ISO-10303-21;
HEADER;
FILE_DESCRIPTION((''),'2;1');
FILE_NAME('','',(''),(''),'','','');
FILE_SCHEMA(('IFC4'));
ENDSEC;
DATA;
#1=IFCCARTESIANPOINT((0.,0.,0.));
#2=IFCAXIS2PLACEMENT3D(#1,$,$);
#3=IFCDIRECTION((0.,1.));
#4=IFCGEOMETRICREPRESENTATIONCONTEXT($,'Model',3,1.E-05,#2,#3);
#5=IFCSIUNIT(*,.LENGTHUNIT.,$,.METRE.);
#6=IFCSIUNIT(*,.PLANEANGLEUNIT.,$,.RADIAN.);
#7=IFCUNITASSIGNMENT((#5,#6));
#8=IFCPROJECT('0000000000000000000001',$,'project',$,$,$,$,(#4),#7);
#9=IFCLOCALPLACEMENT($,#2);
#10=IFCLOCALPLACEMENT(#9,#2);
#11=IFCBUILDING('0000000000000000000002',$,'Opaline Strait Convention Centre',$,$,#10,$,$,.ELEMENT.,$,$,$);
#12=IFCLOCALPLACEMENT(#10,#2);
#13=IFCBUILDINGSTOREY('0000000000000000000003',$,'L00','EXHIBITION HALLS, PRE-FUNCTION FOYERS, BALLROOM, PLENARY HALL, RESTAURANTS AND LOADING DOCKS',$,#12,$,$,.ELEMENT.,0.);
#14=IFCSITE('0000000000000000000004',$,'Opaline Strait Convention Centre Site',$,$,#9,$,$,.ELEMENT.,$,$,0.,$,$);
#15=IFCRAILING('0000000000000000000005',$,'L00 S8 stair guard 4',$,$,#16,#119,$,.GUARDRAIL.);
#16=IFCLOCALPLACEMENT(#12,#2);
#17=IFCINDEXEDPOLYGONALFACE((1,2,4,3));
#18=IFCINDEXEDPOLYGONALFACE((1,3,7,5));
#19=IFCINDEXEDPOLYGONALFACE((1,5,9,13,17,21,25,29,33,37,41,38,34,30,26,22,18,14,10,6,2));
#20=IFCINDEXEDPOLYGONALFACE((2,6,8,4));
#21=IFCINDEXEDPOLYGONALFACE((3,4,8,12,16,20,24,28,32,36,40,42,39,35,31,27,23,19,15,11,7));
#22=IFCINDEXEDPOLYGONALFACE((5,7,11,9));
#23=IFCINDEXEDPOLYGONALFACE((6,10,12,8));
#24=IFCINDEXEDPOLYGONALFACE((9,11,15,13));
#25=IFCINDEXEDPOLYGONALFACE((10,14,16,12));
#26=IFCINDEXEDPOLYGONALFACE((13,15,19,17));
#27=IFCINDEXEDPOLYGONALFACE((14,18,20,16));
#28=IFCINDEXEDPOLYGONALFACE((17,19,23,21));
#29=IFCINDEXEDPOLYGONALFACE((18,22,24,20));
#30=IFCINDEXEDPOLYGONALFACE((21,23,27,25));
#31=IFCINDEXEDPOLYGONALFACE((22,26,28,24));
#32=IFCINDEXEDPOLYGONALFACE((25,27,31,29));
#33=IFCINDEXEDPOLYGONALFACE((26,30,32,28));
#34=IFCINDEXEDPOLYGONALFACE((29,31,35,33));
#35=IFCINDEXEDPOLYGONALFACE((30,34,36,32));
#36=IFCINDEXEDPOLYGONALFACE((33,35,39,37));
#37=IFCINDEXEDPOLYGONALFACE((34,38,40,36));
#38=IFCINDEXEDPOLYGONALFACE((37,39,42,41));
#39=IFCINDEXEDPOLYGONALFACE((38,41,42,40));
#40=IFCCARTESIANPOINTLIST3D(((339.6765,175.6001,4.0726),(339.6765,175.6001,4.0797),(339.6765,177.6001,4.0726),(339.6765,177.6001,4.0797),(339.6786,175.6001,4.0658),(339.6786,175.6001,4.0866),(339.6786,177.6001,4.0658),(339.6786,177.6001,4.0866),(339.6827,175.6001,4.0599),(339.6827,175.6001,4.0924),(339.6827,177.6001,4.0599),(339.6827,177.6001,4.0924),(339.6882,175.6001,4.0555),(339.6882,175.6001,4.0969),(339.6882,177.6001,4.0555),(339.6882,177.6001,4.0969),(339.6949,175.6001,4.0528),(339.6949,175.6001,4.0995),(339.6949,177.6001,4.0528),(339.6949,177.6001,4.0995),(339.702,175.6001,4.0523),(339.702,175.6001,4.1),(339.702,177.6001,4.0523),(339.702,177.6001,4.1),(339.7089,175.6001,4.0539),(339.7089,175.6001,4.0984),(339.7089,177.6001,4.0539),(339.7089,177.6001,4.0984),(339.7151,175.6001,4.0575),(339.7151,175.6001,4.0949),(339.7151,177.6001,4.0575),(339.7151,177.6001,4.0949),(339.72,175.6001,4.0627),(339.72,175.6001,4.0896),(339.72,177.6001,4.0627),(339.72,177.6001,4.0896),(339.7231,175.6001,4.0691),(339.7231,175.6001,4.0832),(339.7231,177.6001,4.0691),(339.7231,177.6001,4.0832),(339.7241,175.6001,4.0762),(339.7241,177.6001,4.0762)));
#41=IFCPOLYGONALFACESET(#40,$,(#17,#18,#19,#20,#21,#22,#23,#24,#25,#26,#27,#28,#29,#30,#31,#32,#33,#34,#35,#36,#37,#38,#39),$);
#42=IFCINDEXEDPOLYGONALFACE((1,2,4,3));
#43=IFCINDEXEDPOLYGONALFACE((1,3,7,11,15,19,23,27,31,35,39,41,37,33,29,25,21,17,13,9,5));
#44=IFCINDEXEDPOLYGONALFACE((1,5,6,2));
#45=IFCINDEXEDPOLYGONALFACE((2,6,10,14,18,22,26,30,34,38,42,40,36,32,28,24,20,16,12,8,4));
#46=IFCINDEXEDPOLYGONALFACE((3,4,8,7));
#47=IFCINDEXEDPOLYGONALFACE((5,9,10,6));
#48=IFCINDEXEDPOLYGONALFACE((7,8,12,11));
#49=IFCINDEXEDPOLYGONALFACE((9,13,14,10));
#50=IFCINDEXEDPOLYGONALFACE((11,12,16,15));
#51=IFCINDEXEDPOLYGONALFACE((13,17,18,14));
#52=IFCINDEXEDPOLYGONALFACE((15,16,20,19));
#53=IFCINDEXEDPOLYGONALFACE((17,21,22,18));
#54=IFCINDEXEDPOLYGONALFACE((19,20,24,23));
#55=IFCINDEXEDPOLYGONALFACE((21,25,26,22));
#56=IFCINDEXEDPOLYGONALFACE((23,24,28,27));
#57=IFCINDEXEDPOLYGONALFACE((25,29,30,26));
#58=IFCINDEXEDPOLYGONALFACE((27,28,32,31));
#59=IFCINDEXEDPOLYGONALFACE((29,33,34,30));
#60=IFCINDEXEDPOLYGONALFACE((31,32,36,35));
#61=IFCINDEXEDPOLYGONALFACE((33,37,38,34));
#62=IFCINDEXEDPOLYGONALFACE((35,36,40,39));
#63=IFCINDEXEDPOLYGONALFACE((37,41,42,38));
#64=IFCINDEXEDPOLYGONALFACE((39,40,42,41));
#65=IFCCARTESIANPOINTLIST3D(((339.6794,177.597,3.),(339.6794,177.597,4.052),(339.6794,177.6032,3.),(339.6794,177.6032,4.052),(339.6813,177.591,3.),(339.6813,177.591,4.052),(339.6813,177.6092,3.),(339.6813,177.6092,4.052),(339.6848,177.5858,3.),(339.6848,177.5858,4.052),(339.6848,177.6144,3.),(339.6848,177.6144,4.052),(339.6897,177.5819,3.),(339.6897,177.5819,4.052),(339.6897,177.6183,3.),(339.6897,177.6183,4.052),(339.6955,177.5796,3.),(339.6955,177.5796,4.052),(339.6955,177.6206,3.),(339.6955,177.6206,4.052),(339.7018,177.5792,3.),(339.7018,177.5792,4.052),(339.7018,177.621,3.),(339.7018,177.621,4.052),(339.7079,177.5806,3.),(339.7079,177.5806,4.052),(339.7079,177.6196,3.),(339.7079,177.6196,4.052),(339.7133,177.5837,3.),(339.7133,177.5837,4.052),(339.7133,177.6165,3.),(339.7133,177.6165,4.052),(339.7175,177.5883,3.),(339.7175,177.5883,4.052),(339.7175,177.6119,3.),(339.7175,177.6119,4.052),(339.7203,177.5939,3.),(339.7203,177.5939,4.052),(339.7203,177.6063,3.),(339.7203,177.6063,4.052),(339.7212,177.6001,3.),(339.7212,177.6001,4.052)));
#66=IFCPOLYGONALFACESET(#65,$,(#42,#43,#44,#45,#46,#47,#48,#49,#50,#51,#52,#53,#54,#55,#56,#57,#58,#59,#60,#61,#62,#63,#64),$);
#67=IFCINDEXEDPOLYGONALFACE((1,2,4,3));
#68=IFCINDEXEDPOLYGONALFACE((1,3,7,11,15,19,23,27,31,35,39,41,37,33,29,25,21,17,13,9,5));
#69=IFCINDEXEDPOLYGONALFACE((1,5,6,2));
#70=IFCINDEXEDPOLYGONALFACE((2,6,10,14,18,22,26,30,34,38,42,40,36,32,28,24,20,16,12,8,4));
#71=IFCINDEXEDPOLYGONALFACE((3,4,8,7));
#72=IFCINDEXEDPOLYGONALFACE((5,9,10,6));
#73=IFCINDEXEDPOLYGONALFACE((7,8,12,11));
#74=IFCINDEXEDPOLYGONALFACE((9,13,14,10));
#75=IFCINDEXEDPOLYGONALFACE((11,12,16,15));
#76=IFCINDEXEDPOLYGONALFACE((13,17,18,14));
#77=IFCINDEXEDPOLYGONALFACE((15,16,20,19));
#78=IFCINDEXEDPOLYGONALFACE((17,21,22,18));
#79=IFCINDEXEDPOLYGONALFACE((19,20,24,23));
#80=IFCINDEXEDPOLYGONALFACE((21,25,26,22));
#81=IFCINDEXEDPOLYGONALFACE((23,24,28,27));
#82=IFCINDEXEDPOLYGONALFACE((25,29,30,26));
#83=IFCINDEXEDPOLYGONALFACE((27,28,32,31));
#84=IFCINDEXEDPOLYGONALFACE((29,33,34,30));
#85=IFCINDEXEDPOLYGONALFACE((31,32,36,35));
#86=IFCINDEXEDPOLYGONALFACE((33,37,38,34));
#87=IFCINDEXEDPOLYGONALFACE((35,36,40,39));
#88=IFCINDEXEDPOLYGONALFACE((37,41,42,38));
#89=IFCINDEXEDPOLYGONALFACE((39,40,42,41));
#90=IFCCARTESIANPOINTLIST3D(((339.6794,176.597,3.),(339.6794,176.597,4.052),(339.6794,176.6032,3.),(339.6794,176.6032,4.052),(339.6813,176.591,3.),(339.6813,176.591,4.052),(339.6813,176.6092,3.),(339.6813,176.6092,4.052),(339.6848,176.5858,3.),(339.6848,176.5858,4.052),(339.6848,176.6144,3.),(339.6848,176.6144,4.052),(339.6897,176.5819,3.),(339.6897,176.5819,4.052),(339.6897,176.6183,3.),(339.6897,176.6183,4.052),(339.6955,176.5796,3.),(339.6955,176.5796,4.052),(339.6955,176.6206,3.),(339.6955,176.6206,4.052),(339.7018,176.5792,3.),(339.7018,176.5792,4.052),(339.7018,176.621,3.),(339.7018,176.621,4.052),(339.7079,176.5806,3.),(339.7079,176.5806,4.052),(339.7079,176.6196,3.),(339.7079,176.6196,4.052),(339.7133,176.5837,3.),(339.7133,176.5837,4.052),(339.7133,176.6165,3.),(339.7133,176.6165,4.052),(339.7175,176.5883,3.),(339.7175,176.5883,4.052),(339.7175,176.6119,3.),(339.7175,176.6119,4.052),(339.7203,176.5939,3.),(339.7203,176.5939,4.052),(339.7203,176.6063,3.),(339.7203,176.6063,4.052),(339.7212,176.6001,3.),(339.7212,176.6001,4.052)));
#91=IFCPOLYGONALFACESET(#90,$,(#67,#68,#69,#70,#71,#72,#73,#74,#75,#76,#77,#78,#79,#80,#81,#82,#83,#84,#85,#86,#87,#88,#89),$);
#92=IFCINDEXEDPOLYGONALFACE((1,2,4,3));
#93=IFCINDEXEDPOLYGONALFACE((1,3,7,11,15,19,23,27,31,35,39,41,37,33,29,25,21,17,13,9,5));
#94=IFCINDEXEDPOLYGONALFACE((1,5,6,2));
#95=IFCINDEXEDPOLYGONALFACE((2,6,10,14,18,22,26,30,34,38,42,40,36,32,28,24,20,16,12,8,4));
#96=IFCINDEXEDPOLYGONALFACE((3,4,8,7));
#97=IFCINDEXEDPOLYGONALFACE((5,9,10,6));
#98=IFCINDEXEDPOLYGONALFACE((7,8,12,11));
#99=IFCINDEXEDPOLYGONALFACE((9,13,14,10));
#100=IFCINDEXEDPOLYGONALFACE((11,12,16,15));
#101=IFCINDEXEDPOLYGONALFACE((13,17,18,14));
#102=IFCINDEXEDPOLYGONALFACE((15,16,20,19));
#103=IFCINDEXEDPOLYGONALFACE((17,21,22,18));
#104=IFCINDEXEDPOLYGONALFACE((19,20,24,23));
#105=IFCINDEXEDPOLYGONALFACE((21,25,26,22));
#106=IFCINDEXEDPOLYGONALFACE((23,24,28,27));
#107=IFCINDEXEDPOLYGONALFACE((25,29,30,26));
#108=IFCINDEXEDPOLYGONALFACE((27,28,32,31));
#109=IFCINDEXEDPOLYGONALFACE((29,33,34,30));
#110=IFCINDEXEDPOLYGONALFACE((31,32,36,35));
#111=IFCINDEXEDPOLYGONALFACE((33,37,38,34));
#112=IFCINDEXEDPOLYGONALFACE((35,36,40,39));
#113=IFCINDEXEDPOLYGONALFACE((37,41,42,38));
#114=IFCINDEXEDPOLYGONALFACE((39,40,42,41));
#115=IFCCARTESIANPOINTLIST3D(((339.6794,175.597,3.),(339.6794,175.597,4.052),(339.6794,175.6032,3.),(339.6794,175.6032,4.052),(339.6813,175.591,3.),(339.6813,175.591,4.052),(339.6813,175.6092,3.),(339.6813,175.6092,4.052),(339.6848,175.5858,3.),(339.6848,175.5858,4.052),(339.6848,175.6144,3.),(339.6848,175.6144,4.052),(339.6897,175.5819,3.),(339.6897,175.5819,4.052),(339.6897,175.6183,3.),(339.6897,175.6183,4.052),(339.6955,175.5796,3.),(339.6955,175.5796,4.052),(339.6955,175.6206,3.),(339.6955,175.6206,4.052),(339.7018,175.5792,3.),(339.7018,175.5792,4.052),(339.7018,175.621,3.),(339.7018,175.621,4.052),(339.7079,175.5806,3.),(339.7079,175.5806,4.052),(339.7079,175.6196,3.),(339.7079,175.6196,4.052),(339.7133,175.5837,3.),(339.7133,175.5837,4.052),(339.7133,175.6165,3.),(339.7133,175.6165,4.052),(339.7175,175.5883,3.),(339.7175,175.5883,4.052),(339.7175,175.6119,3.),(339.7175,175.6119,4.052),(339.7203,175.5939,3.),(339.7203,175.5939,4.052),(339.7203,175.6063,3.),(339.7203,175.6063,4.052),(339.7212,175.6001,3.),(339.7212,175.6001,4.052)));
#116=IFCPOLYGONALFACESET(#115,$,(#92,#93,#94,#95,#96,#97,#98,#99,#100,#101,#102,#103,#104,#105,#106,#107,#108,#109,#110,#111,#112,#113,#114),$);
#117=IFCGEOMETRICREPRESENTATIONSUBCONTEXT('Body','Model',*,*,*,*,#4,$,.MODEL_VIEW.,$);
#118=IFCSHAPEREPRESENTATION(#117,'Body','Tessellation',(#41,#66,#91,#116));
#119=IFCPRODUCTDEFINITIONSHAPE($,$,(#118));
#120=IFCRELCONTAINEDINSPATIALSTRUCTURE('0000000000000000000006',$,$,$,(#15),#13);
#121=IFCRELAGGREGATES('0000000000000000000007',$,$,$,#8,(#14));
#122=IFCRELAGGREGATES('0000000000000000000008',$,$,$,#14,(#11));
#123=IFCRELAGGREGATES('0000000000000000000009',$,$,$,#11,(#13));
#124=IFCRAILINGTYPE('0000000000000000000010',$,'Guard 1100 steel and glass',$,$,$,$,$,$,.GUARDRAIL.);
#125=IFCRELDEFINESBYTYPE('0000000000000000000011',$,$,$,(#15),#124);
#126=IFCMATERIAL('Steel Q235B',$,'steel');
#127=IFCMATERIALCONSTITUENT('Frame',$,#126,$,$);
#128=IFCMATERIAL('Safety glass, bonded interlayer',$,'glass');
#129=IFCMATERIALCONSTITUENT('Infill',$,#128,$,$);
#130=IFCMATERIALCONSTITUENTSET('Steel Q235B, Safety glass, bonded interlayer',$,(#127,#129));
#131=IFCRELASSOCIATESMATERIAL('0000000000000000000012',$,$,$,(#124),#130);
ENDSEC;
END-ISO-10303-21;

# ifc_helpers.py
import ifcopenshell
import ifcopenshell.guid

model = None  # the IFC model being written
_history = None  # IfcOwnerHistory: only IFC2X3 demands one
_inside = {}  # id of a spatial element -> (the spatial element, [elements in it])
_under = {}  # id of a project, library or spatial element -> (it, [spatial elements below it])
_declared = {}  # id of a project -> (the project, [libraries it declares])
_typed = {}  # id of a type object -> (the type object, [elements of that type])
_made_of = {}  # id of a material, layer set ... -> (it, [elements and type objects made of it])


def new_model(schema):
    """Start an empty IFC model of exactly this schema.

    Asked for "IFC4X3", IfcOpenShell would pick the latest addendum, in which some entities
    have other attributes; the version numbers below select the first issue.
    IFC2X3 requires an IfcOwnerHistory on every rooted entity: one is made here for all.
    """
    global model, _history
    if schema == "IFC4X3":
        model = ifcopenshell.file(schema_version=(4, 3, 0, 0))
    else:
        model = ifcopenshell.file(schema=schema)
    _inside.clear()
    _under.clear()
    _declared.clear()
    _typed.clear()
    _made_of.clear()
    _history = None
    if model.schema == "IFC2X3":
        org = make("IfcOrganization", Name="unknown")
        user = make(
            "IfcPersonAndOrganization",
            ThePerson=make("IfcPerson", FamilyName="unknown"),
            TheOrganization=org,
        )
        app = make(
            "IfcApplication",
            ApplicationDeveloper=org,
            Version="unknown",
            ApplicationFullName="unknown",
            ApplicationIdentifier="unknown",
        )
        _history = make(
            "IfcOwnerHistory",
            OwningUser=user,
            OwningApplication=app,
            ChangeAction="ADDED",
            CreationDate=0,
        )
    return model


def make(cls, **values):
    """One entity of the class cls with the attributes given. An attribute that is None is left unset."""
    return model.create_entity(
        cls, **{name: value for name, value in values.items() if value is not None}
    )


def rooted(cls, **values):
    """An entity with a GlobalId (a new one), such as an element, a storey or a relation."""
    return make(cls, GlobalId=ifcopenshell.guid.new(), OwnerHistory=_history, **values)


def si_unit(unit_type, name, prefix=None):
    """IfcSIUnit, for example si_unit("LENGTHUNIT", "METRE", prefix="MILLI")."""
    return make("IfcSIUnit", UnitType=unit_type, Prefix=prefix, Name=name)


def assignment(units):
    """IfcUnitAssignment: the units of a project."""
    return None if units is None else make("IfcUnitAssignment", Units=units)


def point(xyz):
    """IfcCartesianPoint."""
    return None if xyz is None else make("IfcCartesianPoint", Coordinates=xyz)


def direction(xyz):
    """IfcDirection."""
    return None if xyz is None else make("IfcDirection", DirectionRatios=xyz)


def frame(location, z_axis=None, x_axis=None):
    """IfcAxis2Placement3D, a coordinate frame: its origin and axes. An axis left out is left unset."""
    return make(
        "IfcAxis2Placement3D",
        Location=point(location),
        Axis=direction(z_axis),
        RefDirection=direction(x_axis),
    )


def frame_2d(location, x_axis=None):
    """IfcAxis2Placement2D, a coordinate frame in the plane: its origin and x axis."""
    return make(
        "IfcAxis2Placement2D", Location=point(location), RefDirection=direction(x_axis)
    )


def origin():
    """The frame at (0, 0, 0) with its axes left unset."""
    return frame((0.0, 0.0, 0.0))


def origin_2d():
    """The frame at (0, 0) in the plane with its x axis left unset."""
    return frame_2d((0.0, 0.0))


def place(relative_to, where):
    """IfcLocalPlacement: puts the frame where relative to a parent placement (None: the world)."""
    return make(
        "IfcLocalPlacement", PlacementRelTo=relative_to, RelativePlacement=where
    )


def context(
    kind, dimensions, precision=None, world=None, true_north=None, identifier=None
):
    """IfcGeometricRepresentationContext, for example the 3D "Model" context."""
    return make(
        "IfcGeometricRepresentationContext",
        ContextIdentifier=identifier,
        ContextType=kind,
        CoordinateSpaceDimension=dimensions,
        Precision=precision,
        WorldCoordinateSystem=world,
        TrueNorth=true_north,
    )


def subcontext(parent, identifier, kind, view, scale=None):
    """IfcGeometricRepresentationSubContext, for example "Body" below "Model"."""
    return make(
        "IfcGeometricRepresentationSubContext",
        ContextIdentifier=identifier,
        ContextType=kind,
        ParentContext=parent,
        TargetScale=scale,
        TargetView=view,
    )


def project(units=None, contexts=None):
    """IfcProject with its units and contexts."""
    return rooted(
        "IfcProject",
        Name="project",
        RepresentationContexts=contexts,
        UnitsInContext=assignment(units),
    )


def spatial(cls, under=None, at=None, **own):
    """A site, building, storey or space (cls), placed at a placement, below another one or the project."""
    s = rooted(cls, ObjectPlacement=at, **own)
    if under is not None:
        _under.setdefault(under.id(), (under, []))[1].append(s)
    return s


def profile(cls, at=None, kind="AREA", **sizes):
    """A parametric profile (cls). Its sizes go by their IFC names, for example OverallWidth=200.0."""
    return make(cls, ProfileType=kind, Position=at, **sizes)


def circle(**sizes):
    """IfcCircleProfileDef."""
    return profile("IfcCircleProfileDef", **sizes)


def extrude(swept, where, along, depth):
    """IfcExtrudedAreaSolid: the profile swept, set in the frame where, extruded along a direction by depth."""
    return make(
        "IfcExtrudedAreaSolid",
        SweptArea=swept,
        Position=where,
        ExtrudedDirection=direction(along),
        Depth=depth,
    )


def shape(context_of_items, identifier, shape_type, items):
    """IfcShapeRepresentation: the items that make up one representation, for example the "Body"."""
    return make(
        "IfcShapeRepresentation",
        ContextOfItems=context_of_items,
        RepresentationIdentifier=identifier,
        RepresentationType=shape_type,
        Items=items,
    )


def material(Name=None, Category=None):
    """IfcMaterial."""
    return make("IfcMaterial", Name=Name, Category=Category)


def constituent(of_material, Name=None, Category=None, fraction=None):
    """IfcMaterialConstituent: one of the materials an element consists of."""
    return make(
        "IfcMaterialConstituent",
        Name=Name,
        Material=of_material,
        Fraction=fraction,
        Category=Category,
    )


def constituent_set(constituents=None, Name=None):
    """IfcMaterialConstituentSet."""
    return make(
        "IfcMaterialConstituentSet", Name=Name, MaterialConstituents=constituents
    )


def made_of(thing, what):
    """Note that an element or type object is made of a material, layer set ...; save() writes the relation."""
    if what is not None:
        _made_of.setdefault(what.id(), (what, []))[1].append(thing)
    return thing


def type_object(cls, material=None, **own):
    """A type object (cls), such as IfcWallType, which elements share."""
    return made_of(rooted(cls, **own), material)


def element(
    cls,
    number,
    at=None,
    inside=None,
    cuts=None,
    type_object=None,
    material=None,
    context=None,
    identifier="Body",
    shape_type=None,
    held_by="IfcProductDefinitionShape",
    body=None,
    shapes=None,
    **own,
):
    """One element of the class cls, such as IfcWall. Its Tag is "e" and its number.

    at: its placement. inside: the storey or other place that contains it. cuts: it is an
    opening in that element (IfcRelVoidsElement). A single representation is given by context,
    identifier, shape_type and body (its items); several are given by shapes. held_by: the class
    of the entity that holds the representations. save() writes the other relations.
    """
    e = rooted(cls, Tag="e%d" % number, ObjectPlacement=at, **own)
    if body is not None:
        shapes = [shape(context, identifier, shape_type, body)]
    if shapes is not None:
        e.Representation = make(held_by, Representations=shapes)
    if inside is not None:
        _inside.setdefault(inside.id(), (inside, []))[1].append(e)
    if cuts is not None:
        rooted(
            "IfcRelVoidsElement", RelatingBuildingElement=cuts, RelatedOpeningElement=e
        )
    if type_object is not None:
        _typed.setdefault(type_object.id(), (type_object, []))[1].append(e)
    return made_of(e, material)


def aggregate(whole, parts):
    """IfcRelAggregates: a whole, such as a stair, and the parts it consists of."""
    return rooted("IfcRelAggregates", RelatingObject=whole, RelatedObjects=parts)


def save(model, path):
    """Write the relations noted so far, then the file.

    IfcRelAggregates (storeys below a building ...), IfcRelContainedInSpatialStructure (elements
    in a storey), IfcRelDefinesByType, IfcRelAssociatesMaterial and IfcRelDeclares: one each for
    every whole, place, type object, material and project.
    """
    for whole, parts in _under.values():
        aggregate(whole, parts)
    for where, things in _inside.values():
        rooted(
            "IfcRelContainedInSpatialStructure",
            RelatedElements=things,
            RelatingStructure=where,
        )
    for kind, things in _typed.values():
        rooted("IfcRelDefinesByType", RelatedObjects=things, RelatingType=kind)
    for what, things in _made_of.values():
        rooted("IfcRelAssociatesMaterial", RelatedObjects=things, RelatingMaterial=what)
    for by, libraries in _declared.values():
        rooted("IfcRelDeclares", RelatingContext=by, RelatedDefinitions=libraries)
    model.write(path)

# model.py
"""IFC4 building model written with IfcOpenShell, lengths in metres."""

from ifc_helpers import new_model, si_unit, direction, frame, origin, origin_2d, place, context, subcontext, project, spatial, circle, extrude, material, constituent, constituent_set, type_object, element, save


model = new_model("IFC4")

# Units and contexts
model_context = context("Model", 3, precision=1e-05, world=origin(), true_north=direction((0.0, 1.0)))
body_context = subcontext(model_context, "Body", "Model", "MODEL_VIEW")
ifc_project = project(units=[si_unit("LENGTHUNIT", "METRE"), si_unit("PLANEANGLEUNIT", "RADIAN")], contexts=[model_context])

# Site, building, storey
site_placement = place(None, origin())
site = spatial("IfcSite", under=ifc_project, at=site_placement, Name="Opaline Strait Convention Centre Site", CompositionType="ELEMENT", RefElevation=0.0)
building_placement = place(site_placement, origin())
building = spatial("IfcBuilding", under=site, at=building_placement, Name="Opaline Strait Convention Centre", CompositionType="ELEMENT")
storey_placement = place(building_placement, origin())
storey = spatial("IfcBuildingStorey", under=building, at=storey_placement, Name="L00", Description="EXHIBITION HALLS, PRE-FUNCTION FOYERS, BALLROOM, PLENARY HALL, RESTAURANTS AND LOADING DOCKS", CompositionType="ELEMENT", Elevation=0.0)

# Railing
ifc_material_1 = material(Name="Steel Q235B", Category="steel")
ifc_constituent_1 = constituent(ifc_material_1, Name="Frame")
ifc_material_2 = material(Name="Safety glass, bonded interlayer", Category="glass")
ifc_constituent_2 = constituent(ifc_material_2, Name="Infill")
ifc_constituent_set = constituent_set(constituents=[ifc_constituent_1, ifc_constituent_2], Name="Steel Q235B, Safety glass, bonded interlayer")
railing_type_1 = type_object("IfcRailingType", Name="Guard 1100 steel and glass", PredefinedType="GUARDRAIL", material=ifc_constituent_set)
for number, where, name in (
    (1, (339.7002, 177.6001, 3.0), "L00 S8 stair guard 4"),
):
    element("IfcRailing", number, at=place(storey_placement, frame(where)), inside=storey, type_object=railing_type_1, Name=name, PredefinedType="GUARDRAIL", context=body_context, shape_type="SweptSolid", body=[
        extrude(circle(Radius=0.0239, at=origin_2d()), frame((0.0, 0.0, 1.0762), z_axis=(0.0, -1.0, 0.0), x_axis=(1.0, 0.0, 0.0)), (0.0, 0.0, 1.0), 2.0),
        extrude(circle(Radius=0.021, at=origin_2d()), origin(), (0.0, 0.0, 1.0), 1.052),
        extrude(circle(Radius=0.021, at=origin_2d()), frame((0.0, -1.0, 0.0)), (0.0, 0.0, 1.0), 1.052),
        extrude(circle(Radius=0.021, at=origin_2d()), frame((0.0, -2.0, 0.0)), (0.0, 0.0, 1.0), 1.052),
    ])

save(model, "model.ifc")
